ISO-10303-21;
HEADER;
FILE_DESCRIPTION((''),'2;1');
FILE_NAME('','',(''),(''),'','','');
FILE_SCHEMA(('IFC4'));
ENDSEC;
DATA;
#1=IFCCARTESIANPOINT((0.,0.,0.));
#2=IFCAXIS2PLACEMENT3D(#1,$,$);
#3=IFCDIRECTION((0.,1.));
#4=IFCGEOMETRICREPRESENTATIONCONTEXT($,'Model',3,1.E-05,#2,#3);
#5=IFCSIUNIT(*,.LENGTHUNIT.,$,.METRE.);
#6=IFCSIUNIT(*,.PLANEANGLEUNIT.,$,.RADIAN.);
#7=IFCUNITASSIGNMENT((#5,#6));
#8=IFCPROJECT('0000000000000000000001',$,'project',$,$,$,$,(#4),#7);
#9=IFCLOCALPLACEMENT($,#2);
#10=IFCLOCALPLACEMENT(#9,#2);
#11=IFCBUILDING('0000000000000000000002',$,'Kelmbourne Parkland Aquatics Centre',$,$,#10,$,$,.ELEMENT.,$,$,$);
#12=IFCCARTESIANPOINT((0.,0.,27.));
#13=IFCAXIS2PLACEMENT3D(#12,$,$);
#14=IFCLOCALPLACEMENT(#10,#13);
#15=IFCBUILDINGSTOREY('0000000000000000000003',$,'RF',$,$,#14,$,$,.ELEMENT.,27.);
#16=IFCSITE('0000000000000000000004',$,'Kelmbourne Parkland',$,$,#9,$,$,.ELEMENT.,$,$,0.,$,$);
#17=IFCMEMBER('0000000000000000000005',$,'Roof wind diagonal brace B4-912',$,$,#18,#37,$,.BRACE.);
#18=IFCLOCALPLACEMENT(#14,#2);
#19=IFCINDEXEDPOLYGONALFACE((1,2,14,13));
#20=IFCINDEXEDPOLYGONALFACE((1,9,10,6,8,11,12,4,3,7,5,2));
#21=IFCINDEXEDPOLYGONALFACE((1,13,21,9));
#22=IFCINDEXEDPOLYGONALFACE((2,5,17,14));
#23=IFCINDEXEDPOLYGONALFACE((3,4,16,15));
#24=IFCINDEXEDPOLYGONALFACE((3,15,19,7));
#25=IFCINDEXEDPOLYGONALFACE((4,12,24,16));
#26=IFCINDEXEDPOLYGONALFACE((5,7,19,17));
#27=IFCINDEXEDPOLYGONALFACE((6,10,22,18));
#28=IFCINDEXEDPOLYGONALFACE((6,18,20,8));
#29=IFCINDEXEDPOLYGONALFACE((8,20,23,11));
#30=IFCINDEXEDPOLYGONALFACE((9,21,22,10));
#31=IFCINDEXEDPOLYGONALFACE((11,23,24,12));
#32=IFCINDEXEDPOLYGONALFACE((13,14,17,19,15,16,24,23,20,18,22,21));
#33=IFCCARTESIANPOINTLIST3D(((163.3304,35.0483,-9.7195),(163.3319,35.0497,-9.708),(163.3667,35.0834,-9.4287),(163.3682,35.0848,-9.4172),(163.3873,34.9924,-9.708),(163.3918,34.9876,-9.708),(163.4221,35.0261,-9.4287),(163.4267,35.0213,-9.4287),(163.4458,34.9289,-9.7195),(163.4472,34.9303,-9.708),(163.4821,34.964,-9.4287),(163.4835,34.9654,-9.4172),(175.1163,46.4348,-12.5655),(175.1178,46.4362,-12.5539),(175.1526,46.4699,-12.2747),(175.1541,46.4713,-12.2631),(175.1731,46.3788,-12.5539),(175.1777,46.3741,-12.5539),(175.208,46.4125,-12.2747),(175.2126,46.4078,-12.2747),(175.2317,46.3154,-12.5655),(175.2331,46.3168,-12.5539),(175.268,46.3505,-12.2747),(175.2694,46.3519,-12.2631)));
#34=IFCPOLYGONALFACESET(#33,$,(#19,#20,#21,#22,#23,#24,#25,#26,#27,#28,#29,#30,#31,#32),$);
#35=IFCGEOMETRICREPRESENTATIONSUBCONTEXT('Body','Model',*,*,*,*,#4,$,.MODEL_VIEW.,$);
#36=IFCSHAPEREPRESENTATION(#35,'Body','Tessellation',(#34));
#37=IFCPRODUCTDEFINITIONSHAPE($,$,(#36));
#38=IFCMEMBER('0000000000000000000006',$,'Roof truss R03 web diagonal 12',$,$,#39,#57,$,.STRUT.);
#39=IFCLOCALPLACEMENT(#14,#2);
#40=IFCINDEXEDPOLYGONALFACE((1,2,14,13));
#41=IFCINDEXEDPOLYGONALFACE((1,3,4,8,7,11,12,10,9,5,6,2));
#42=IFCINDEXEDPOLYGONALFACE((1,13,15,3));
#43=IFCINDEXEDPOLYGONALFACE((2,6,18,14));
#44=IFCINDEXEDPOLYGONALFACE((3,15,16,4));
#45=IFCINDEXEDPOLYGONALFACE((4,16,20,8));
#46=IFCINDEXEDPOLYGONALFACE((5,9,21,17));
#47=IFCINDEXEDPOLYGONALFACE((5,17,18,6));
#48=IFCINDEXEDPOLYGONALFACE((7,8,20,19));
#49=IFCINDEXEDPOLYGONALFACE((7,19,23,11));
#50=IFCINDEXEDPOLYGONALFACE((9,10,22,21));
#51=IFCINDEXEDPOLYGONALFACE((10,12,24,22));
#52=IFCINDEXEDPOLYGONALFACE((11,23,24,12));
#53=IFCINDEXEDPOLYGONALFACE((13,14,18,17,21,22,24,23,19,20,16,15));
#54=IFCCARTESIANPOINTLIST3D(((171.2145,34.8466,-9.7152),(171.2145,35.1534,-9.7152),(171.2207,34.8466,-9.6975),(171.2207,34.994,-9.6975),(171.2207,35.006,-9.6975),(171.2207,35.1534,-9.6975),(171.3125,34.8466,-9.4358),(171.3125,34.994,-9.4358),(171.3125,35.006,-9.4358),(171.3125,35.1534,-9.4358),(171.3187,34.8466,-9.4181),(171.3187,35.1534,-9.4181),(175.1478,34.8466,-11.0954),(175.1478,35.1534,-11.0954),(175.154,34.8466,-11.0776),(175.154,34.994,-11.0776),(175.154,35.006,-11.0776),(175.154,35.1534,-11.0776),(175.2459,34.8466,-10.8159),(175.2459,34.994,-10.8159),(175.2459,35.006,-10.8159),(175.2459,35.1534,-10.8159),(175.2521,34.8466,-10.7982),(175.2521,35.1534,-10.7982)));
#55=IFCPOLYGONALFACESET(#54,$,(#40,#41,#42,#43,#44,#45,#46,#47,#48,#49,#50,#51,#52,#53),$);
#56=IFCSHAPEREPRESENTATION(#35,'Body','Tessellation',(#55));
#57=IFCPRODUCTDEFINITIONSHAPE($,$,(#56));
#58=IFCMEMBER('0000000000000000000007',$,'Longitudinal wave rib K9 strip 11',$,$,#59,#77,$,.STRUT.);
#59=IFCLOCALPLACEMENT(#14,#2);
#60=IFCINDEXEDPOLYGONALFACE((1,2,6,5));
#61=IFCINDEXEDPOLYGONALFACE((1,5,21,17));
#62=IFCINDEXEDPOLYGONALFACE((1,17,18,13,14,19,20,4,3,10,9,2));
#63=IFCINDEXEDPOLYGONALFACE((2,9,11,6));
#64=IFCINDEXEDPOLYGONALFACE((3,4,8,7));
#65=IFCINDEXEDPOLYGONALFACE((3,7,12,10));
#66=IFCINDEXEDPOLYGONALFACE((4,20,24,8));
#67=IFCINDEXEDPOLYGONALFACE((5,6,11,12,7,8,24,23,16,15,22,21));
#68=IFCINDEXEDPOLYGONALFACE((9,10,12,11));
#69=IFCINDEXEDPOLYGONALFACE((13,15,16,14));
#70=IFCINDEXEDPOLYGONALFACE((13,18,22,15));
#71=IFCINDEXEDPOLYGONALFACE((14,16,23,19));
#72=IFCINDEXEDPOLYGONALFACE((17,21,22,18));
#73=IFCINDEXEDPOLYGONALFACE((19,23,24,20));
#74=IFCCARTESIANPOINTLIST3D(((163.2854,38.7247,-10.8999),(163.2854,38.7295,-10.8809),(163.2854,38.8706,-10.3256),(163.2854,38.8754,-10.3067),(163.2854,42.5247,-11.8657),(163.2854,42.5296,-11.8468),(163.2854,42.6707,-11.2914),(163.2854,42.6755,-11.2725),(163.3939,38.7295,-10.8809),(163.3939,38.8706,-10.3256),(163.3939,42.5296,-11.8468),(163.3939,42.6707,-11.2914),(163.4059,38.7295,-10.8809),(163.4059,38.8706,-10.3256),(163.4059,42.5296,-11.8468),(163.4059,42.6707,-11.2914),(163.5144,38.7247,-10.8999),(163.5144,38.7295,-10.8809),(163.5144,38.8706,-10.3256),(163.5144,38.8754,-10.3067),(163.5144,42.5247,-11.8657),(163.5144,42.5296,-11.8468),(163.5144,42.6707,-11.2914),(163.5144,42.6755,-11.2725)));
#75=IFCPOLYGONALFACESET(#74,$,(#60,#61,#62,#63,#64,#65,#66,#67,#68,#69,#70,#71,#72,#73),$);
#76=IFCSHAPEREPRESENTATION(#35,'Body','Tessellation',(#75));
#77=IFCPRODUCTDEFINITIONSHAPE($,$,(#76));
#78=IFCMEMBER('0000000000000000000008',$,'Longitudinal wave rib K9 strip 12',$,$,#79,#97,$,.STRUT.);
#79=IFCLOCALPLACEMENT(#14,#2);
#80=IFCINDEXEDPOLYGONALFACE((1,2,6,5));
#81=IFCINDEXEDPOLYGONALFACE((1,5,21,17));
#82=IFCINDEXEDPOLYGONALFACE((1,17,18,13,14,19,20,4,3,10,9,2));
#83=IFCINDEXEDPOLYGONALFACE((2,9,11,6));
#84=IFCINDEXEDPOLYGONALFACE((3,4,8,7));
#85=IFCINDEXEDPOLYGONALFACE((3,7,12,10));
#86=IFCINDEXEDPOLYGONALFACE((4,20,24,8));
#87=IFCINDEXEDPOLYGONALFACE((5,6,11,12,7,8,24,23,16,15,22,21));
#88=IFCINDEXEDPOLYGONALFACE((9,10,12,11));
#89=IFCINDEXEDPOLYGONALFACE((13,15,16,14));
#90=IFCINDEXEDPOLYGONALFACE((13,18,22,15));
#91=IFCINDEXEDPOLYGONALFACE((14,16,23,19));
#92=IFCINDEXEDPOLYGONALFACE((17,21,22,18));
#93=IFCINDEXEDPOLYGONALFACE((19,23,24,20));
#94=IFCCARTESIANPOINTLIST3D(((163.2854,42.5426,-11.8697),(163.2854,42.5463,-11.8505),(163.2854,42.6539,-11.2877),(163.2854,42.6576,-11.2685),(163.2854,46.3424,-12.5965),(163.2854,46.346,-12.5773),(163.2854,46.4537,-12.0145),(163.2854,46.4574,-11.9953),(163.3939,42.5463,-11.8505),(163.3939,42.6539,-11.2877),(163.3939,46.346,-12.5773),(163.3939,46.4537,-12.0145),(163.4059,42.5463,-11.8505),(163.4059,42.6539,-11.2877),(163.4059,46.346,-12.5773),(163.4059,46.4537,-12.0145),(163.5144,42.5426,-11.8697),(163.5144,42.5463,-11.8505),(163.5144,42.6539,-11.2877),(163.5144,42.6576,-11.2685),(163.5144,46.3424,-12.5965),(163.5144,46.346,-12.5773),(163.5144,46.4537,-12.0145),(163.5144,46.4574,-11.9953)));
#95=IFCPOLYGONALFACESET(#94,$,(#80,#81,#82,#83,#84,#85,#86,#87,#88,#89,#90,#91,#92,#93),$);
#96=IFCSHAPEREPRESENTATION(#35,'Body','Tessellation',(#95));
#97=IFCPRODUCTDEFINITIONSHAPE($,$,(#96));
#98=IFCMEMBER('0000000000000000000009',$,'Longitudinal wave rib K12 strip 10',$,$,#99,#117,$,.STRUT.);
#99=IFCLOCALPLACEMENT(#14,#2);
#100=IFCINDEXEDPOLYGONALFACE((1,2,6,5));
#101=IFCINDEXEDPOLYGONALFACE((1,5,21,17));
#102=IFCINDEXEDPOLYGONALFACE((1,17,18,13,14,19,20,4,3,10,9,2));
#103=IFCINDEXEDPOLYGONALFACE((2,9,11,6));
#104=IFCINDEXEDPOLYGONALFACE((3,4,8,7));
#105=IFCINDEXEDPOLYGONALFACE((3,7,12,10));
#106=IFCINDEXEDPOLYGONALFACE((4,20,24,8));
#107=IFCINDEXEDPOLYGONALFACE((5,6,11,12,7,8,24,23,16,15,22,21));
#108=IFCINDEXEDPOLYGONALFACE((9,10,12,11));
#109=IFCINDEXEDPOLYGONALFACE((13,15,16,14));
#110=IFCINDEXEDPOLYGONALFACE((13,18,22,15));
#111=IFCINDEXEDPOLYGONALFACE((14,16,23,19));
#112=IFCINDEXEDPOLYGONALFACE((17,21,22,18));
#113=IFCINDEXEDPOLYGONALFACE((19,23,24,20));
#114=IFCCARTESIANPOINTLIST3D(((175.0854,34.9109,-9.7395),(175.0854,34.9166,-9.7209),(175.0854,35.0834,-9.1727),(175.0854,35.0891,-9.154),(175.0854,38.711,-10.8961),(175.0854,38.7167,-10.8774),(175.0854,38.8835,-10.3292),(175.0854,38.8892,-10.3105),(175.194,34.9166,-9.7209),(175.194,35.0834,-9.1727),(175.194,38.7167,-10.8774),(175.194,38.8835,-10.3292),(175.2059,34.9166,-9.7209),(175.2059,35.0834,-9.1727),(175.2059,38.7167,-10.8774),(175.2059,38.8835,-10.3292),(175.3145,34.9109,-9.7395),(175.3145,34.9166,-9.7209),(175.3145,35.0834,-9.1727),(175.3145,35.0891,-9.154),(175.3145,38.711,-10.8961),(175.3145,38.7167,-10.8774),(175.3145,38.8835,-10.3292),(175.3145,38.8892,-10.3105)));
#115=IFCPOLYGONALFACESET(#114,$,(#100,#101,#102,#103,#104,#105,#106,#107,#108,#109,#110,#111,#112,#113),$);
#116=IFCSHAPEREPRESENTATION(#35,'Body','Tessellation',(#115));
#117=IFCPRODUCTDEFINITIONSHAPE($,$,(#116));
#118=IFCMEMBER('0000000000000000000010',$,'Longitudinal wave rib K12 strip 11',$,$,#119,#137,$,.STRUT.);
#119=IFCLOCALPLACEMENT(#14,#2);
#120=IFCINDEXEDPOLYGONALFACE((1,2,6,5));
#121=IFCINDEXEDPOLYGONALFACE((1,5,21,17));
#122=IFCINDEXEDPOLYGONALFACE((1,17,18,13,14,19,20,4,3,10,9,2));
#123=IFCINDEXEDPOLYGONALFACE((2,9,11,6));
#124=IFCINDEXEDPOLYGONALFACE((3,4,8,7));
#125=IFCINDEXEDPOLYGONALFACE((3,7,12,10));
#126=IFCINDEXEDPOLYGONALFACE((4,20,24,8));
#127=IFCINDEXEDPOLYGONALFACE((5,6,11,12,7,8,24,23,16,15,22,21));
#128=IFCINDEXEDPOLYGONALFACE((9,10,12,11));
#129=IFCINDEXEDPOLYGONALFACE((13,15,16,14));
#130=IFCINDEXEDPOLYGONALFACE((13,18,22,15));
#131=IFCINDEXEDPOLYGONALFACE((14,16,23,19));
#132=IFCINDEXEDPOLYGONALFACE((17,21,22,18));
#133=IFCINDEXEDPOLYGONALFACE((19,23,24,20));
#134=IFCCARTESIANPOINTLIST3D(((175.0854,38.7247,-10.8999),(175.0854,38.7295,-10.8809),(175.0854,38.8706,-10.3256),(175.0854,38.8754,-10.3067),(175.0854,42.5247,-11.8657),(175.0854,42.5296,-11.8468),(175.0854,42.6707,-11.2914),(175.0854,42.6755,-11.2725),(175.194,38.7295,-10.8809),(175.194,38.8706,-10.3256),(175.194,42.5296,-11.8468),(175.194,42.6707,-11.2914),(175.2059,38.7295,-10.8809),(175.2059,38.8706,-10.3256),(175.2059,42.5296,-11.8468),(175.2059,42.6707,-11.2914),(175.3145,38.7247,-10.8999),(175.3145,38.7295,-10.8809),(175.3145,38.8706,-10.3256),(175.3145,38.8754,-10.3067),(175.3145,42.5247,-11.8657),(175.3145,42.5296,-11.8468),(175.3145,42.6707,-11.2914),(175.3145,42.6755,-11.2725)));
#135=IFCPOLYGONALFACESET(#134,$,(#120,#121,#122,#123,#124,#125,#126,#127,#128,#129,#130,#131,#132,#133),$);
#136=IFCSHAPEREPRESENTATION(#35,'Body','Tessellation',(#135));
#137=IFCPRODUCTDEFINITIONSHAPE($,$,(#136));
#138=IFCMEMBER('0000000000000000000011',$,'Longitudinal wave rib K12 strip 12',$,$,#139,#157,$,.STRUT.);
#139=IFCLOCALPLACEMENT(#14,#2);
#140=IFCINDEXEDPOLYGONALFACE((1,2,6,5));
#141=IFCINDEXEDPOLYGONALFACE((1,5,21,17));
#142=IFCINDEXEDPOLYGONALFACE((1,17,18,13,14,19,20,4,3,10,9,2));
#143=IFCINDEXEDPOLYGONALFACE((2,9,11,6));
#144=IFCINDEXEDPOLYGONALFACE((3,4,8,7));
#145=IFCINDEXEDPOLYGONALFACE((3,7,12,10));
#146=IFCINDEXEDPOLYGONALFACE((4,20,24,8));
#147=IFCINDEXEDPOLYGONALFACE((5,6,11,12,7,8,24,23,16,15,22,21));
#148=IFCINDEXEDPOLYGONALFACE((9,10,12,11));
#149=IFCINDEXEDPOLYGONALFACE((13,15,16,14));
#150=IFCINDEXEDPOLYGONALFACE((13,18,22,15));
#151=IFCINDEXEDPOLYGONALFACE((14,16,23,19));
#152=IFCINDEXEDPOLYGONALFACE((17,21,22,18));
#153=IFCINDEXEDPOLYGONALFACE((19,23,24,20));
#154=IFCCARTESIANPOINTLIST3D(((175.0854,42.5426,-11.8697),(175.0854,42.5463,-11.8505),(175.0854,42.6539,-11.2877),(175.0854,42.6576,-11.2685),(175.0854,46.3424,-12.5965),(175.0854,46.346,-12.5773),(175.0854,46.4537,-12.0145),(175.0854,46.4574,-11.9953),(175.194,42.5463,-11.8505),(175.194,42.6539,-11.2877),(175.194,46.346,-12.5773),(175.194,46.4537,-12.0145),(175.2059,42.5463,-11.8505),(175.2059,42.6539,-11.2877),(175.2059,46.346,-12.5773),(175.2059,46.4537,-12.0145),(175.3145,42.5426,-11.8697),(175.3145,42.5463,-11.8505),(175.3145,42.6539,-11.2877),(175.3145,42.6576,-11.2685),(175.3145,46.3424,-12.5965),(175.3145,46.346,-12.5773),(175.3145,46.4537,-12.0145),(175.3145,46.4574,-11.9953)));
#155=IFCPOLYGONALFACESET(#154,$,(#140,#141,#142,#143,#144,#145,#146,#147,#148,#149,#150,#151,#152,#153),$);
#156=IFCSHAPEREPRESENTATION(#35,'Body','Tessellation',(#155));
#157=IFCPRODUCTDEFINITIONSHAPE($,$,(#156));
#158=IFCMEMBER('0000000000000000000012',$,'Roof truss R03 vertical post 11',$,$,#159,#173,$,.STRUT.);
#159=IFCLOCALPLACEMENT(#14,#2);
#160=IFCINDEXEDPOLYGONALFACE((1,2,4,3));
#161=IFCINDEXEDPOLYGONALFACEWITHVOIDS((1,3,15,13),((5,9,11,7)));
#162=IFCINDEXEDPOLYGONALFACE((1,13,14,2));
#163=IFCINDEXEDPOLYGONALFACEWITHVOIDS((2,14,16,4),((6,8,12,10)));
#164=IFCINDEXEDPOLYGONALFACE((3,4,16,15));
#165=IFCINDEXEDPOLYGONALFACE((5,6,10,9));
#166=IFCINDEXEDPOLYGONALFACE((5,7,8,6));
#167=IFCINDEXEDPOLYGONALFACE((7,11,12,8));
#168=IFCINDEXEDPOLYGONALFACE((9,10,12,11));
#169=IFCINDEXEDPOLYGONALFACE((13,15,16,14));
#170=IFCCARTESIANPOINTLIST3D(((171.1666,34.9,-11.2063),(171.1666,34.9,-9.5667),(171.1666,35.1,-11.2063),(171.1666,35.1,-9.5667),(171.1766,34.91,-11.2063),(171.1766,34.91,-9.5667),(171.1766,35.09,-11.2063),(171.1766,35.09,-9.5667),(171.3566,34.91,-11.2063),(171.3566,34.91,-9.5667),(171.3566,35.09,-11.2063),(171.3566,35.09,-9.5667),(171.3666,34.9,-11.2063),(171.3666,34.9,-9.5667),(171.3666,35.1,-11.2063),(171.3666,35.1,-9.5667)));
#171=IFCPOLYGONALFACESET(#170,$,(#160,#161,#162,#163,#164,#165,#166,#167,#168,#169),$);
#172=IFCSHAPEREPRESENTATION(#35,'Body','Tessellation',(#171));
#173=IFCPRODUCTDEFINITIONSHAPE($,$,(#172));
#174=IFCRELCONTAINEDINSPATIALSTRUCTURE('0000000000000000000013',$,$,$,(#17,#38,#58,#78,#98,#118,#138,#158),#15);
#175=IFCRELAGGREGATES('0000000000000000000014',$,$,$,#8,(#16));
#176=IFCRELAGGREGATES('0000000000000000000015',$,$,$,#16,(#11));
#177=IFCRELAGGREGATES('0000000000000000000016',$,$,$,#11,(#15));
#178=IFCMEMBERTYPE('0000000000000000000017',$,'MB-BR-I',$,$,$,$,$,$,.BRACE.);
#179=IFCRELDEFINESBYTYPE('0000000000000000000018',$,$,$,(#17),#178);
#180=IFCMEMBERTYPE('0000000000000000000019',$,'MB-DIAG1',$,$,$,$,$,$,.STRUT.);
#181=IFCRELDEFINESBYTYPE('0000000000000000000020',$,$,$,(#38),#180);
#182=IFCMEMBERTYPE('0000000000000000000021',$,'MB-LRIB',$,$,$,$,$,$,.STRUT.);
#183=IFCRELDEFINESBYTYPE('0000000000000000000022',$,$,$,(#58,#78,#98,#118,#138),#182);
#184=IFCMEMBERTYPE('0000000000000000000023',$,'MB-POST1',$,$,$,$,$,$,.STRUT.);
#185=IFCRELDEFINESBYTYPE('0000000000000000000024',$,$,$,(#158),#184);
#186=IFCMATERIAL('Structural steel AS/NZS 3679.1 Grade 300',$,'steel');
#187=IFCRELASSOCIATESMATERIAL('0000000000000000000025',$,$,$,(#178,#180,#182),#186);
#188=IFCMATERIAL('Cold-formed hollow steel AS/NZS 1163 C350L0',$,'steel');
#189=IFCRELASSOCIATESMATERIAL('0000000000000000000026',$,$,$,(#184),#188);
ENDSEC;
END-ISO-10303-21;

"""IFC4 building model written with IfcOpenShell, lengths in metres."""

from ifc_helpers import new_model, si_unit, direction, frame, origin, origin_2d, place, context, subcontext, project, spatial, hollow_rectangle, i_section, extrude, material, material_profile, profile_set, type_object, element, save


model = new_model("IFC4")

# Units and contexts
model_context = context("Model", 3, precision=1e-05, world=origin(), true_north=direction((0.0, 1.0)))
body_context = subcontext(model_context, "Body", "Model", "MODEL_VIEW")
ifc_project = project(units=[si_unit("LENGTHUNIT", "METRE"), si_unit("PLANEANGLEUNIT", "RADIAN")], contexts=[model_context])

# Site, building, storey
site_placement = place(None, origin())
site = spatial("IfcSite", under=ifc_project, at=site_placement, Name="Kelmbourne Parkland", CompositionType="ELEMENT", RefElevation=0.0)
building_placement = place(site_placement, origin())
building = spatial("IfcBuilding", under=site, at=building_placement, Name="Kelmbourne Parkland Aquatics Centre", CompositionType="ELEMENT")
storey_placement = place(building_placement, frame((0.0, 0.0, 27.0)))
storey = spatial("IfcBuildingStorey", under=building, at=storey_placement, Name="RF", CompositionType="ELEMENT", Elevation=27.0)

# Members
ifc_material_1 = material(Name="Structural steel AS/NZS 3679.1 Grade 300", Category="steel")
ifc_material_profile_1 = material_profile(ifc_material_1, i_section(OverallWidth=0.166, OverallDepth=0.3069, WebThickness=0.0066, FlangeThickness=0.0117, at=origin_2d()), Name="310UB46.2")
ifc_profile_set_1 = profile_set([ifc_material_profile_1], Name="Structural steel AS/NZS 3679.1 Grade 300")
member_type_1 = type_object("IfcMemberType", Name="MB-BR-I", PredefinedType="BRACE", material=ifc_profile_set_1)
member_1_placement = place(storey_placement, frame((163.407, 35.0068, -9.5684), z_axis=(0.708582, 0.684569, -0.171102), x_axis=(-0.694815, 0.719188, 0.0)))
element("IfcMember", 1, at=member_1_placement, inside=storey, type_object=member_type_1, Name="Roof wind diagonal brace B4-912", PredefinedType="BRACE", context=body_context, shape_type="SweptSolid", body=[
    extrude(i_section(OverallWidth=0.166, OverallDepth=0.3069, WebThickness=0.0066, FlangeThickness=0.0117, at=origin_2d()), origin(), (0.0, 0.0, 1.0), 16.6331),
])
ifc_material_profile_2 = material_profile(ifc_material_1, i_section(OverallWidth=0.3069, OverallDepth=0.3149, WebThickness=0.012, FlangeThickness=0.0188, at=origin_2d()), Name="310UC118")
ifc_profile_set_2 = profile_set([ifc_material_profile_2], Name="Structural steel AS/NZS 3679.1 Grade 300")
member_type_2 = type_object("IfcMemberType", Name="MB-DIAG1", PredefinedType="STRUT", material=ifc_profile_set_2)
member_2_placement = place(storey_placement, frame((171.2666, 35.0, -9.5667), z_axis=(0.9436, 0.0, -0.331089), x_axis=(0.0, 1.0, 0.0)))
element("IfcMember", 2, at=member_2_placement, inside=storey, type_object=member_type_2, Name="Roof truss R03 web diagonal 12", PredefinedType="STRUT", context=body_context, shape_type="SweptSolid", body=[
    extrude(i_section(OverallWidth=0.3069, OverallDepth=0.3149, WebThickness=0.012, FlangeThickness=0.0188, at=origin_2d()), origin(), (0.0, 0.0, 1.0), 4.1685),
])
ifc_material_profile_3 = material_profile(ifc_material_1, i_section(OverallWidth=0.229, OverallDepth=0.6121, WebThickness=0.012, FlangeThickness=0.0195, at=origin_2d()), Name="610UB125")
ifc_profile_set_3 = profile_set([ifc_material_profile_3], Name="Structural steel AS/NZS 3679.1 Grade 300")
member_type_3 = type_object("IfcMemberType", Name="MB-LRIB", PredefinedType="STRUT", material=ifc_profile_set_3)
member_3_placement = place(storey_placement, frame((163.3999, 38.8, -10.6033), z_axis=(0.0, 0.969186, -0.246328), x_axis=(-1.0, 0.0, 0.0)))
element("IfcMember", 3, at=member_3_placement, inside=storey, type_object=member_type_3, Name="Longitudinal wave rib K9 strip 11", PredefinedType="STRUT", context=body_context, shape_type="SweptSolid", body=[
    extrude(i_section(OverallWidth=0.229, OverallDepth=0.6121, WebThickness=0.012, FlangeThickness=0.0195, at=origin_2d()), origin(), (0.0, 0.0, 1.0), 3.9209),
])
member_4_placement = place(storey_placement, frame((163.3999, 42.6001, -11.5691), z_axis=(0.0, 0.982194, -0.187869), x_axis=(-1.0, 0.0, 0.0)))
element("IfcMember", 4, at=member_4_placement, inside=storey, type_object=member_type_3, Name="Longitudinal wave rib K9 strip 12", PredefinedType="STRUT", context=body_context, shape_type="SweptSolid", body=[
    extrude(i_section(OverallWidth=0.229, OverallDepth=0.6121, WebThickness=0.012, FlangeThickness=0.0195, at=origin_2d()), origin(), (0.0, 0.0, 1.0), 3.8687),
])
member_5_placement = place(storey_placement, frame((175.2, 35.0, -9.4468), z_axis=(0.0, 0.956677, -0.291152), x_axis=(-1.0, 0.0, 0.0)))
element("IfcMember", 5, at=member_5_placement, inside=storey, type_object=member_type_3, Name="Longitudinal wave rib K12 strip 10", PredefinedType="STRUT", context=body_context, shape_type="SweptSolid", body=[
    extrude(i_section(OverallWidth=0.229, OverallDepth=0.6121, WebThickness=0.012, FlangeThickness=0.0195, at=origin_2d()), origin(), (0.0, 0.0, 1.0), 3.9722),
])
member_6_placement = place(storey_placement, frame((175.2, 38.8, -10.6033), z_axis=(0.0, 0.969186, -0.246328), x_axis=(-1.0, 0.0, 0.0)))
element("IfcMember", 6, at=member_6_placement, inside=storey, type_object=member_type_3, Name="Longitudinal wave rib K12 strip 11", PredefinedType="STRUT", context=body_context, shape_type="SweptSolid", body=[
    extrude(i_section(OverallWidth=0.229, OverallDepth=0.6121, WebThickness=0.012, FlangeThickness=0.0195, at=origin_2d()), origin(), (0.0, 0.0, 1.0), 3.9209),
])
member_7_placement = place(storey_placement, frame((175.2, 42.6001, -11.5691), z_axis=(0.0, 0.982194, -0.187869), x_axis=(-1.0, 0.0, 0.0)))
element("IfcMember", 7, at=member_7_placement, inside=storey, type_object=member_type_3, Name="Longitudinal wave rib K12 strip 12", PredefinedType="STRUT", context=body_context, shape_type="SweptSolid", body=[
    extrude(i_section(OverallWidth=0.229, OverallDepth=0.6121, WebThickness=0.012, FlangeThickness=0.0195, at=origin_2d()), origin(), (0.0, 0.0, 1.0), 3.8687),
])
ifc_material_2 = material(Name="Cold-formed hollow steel AS/NZS 1163 C350L0", Category="steel")
ifc_material_profile_4 = material_profile(ifc_material_2, hollow_rectangle(XDim=0.2, YDim=0.2, WallThickness=0.01, at=origin_2d()), Name="SHS 200x200x10.0")
ifc_profile_set_4 = profile_set([ifc_material_profile_4], Name="Cold-formed hollow steel AS/NZS 1163 C350L0")
member_type_4 = type_object("IfcMemberType", Name="MB-POST1", PredefinedType="STRUT", material=ifc_profile_set_4)
member_8_placement = place(storey_placement, frame((171.2666, 35.0, -11.2063), z_axis=(0.0, 0.0, 1.0), x_axis=(1.0, 0.0, 0.0)))
element("IfcMember", 8, at=member_8_placement, inside=storey, type_object=member_type_4, Name="Roof truss R03 vertical post 11", PredefinedType="STRUT", context=body_context, shape_type="SweptSolid", body=[
    extrude(hollow_rectangle(XDim=0.2, YDim=0.2, WallThickness=0.01, at=origin_2d()), origin(), (0.0, 0.0, 1.0), 1.6396),
])

save(model, "model.ifc")
